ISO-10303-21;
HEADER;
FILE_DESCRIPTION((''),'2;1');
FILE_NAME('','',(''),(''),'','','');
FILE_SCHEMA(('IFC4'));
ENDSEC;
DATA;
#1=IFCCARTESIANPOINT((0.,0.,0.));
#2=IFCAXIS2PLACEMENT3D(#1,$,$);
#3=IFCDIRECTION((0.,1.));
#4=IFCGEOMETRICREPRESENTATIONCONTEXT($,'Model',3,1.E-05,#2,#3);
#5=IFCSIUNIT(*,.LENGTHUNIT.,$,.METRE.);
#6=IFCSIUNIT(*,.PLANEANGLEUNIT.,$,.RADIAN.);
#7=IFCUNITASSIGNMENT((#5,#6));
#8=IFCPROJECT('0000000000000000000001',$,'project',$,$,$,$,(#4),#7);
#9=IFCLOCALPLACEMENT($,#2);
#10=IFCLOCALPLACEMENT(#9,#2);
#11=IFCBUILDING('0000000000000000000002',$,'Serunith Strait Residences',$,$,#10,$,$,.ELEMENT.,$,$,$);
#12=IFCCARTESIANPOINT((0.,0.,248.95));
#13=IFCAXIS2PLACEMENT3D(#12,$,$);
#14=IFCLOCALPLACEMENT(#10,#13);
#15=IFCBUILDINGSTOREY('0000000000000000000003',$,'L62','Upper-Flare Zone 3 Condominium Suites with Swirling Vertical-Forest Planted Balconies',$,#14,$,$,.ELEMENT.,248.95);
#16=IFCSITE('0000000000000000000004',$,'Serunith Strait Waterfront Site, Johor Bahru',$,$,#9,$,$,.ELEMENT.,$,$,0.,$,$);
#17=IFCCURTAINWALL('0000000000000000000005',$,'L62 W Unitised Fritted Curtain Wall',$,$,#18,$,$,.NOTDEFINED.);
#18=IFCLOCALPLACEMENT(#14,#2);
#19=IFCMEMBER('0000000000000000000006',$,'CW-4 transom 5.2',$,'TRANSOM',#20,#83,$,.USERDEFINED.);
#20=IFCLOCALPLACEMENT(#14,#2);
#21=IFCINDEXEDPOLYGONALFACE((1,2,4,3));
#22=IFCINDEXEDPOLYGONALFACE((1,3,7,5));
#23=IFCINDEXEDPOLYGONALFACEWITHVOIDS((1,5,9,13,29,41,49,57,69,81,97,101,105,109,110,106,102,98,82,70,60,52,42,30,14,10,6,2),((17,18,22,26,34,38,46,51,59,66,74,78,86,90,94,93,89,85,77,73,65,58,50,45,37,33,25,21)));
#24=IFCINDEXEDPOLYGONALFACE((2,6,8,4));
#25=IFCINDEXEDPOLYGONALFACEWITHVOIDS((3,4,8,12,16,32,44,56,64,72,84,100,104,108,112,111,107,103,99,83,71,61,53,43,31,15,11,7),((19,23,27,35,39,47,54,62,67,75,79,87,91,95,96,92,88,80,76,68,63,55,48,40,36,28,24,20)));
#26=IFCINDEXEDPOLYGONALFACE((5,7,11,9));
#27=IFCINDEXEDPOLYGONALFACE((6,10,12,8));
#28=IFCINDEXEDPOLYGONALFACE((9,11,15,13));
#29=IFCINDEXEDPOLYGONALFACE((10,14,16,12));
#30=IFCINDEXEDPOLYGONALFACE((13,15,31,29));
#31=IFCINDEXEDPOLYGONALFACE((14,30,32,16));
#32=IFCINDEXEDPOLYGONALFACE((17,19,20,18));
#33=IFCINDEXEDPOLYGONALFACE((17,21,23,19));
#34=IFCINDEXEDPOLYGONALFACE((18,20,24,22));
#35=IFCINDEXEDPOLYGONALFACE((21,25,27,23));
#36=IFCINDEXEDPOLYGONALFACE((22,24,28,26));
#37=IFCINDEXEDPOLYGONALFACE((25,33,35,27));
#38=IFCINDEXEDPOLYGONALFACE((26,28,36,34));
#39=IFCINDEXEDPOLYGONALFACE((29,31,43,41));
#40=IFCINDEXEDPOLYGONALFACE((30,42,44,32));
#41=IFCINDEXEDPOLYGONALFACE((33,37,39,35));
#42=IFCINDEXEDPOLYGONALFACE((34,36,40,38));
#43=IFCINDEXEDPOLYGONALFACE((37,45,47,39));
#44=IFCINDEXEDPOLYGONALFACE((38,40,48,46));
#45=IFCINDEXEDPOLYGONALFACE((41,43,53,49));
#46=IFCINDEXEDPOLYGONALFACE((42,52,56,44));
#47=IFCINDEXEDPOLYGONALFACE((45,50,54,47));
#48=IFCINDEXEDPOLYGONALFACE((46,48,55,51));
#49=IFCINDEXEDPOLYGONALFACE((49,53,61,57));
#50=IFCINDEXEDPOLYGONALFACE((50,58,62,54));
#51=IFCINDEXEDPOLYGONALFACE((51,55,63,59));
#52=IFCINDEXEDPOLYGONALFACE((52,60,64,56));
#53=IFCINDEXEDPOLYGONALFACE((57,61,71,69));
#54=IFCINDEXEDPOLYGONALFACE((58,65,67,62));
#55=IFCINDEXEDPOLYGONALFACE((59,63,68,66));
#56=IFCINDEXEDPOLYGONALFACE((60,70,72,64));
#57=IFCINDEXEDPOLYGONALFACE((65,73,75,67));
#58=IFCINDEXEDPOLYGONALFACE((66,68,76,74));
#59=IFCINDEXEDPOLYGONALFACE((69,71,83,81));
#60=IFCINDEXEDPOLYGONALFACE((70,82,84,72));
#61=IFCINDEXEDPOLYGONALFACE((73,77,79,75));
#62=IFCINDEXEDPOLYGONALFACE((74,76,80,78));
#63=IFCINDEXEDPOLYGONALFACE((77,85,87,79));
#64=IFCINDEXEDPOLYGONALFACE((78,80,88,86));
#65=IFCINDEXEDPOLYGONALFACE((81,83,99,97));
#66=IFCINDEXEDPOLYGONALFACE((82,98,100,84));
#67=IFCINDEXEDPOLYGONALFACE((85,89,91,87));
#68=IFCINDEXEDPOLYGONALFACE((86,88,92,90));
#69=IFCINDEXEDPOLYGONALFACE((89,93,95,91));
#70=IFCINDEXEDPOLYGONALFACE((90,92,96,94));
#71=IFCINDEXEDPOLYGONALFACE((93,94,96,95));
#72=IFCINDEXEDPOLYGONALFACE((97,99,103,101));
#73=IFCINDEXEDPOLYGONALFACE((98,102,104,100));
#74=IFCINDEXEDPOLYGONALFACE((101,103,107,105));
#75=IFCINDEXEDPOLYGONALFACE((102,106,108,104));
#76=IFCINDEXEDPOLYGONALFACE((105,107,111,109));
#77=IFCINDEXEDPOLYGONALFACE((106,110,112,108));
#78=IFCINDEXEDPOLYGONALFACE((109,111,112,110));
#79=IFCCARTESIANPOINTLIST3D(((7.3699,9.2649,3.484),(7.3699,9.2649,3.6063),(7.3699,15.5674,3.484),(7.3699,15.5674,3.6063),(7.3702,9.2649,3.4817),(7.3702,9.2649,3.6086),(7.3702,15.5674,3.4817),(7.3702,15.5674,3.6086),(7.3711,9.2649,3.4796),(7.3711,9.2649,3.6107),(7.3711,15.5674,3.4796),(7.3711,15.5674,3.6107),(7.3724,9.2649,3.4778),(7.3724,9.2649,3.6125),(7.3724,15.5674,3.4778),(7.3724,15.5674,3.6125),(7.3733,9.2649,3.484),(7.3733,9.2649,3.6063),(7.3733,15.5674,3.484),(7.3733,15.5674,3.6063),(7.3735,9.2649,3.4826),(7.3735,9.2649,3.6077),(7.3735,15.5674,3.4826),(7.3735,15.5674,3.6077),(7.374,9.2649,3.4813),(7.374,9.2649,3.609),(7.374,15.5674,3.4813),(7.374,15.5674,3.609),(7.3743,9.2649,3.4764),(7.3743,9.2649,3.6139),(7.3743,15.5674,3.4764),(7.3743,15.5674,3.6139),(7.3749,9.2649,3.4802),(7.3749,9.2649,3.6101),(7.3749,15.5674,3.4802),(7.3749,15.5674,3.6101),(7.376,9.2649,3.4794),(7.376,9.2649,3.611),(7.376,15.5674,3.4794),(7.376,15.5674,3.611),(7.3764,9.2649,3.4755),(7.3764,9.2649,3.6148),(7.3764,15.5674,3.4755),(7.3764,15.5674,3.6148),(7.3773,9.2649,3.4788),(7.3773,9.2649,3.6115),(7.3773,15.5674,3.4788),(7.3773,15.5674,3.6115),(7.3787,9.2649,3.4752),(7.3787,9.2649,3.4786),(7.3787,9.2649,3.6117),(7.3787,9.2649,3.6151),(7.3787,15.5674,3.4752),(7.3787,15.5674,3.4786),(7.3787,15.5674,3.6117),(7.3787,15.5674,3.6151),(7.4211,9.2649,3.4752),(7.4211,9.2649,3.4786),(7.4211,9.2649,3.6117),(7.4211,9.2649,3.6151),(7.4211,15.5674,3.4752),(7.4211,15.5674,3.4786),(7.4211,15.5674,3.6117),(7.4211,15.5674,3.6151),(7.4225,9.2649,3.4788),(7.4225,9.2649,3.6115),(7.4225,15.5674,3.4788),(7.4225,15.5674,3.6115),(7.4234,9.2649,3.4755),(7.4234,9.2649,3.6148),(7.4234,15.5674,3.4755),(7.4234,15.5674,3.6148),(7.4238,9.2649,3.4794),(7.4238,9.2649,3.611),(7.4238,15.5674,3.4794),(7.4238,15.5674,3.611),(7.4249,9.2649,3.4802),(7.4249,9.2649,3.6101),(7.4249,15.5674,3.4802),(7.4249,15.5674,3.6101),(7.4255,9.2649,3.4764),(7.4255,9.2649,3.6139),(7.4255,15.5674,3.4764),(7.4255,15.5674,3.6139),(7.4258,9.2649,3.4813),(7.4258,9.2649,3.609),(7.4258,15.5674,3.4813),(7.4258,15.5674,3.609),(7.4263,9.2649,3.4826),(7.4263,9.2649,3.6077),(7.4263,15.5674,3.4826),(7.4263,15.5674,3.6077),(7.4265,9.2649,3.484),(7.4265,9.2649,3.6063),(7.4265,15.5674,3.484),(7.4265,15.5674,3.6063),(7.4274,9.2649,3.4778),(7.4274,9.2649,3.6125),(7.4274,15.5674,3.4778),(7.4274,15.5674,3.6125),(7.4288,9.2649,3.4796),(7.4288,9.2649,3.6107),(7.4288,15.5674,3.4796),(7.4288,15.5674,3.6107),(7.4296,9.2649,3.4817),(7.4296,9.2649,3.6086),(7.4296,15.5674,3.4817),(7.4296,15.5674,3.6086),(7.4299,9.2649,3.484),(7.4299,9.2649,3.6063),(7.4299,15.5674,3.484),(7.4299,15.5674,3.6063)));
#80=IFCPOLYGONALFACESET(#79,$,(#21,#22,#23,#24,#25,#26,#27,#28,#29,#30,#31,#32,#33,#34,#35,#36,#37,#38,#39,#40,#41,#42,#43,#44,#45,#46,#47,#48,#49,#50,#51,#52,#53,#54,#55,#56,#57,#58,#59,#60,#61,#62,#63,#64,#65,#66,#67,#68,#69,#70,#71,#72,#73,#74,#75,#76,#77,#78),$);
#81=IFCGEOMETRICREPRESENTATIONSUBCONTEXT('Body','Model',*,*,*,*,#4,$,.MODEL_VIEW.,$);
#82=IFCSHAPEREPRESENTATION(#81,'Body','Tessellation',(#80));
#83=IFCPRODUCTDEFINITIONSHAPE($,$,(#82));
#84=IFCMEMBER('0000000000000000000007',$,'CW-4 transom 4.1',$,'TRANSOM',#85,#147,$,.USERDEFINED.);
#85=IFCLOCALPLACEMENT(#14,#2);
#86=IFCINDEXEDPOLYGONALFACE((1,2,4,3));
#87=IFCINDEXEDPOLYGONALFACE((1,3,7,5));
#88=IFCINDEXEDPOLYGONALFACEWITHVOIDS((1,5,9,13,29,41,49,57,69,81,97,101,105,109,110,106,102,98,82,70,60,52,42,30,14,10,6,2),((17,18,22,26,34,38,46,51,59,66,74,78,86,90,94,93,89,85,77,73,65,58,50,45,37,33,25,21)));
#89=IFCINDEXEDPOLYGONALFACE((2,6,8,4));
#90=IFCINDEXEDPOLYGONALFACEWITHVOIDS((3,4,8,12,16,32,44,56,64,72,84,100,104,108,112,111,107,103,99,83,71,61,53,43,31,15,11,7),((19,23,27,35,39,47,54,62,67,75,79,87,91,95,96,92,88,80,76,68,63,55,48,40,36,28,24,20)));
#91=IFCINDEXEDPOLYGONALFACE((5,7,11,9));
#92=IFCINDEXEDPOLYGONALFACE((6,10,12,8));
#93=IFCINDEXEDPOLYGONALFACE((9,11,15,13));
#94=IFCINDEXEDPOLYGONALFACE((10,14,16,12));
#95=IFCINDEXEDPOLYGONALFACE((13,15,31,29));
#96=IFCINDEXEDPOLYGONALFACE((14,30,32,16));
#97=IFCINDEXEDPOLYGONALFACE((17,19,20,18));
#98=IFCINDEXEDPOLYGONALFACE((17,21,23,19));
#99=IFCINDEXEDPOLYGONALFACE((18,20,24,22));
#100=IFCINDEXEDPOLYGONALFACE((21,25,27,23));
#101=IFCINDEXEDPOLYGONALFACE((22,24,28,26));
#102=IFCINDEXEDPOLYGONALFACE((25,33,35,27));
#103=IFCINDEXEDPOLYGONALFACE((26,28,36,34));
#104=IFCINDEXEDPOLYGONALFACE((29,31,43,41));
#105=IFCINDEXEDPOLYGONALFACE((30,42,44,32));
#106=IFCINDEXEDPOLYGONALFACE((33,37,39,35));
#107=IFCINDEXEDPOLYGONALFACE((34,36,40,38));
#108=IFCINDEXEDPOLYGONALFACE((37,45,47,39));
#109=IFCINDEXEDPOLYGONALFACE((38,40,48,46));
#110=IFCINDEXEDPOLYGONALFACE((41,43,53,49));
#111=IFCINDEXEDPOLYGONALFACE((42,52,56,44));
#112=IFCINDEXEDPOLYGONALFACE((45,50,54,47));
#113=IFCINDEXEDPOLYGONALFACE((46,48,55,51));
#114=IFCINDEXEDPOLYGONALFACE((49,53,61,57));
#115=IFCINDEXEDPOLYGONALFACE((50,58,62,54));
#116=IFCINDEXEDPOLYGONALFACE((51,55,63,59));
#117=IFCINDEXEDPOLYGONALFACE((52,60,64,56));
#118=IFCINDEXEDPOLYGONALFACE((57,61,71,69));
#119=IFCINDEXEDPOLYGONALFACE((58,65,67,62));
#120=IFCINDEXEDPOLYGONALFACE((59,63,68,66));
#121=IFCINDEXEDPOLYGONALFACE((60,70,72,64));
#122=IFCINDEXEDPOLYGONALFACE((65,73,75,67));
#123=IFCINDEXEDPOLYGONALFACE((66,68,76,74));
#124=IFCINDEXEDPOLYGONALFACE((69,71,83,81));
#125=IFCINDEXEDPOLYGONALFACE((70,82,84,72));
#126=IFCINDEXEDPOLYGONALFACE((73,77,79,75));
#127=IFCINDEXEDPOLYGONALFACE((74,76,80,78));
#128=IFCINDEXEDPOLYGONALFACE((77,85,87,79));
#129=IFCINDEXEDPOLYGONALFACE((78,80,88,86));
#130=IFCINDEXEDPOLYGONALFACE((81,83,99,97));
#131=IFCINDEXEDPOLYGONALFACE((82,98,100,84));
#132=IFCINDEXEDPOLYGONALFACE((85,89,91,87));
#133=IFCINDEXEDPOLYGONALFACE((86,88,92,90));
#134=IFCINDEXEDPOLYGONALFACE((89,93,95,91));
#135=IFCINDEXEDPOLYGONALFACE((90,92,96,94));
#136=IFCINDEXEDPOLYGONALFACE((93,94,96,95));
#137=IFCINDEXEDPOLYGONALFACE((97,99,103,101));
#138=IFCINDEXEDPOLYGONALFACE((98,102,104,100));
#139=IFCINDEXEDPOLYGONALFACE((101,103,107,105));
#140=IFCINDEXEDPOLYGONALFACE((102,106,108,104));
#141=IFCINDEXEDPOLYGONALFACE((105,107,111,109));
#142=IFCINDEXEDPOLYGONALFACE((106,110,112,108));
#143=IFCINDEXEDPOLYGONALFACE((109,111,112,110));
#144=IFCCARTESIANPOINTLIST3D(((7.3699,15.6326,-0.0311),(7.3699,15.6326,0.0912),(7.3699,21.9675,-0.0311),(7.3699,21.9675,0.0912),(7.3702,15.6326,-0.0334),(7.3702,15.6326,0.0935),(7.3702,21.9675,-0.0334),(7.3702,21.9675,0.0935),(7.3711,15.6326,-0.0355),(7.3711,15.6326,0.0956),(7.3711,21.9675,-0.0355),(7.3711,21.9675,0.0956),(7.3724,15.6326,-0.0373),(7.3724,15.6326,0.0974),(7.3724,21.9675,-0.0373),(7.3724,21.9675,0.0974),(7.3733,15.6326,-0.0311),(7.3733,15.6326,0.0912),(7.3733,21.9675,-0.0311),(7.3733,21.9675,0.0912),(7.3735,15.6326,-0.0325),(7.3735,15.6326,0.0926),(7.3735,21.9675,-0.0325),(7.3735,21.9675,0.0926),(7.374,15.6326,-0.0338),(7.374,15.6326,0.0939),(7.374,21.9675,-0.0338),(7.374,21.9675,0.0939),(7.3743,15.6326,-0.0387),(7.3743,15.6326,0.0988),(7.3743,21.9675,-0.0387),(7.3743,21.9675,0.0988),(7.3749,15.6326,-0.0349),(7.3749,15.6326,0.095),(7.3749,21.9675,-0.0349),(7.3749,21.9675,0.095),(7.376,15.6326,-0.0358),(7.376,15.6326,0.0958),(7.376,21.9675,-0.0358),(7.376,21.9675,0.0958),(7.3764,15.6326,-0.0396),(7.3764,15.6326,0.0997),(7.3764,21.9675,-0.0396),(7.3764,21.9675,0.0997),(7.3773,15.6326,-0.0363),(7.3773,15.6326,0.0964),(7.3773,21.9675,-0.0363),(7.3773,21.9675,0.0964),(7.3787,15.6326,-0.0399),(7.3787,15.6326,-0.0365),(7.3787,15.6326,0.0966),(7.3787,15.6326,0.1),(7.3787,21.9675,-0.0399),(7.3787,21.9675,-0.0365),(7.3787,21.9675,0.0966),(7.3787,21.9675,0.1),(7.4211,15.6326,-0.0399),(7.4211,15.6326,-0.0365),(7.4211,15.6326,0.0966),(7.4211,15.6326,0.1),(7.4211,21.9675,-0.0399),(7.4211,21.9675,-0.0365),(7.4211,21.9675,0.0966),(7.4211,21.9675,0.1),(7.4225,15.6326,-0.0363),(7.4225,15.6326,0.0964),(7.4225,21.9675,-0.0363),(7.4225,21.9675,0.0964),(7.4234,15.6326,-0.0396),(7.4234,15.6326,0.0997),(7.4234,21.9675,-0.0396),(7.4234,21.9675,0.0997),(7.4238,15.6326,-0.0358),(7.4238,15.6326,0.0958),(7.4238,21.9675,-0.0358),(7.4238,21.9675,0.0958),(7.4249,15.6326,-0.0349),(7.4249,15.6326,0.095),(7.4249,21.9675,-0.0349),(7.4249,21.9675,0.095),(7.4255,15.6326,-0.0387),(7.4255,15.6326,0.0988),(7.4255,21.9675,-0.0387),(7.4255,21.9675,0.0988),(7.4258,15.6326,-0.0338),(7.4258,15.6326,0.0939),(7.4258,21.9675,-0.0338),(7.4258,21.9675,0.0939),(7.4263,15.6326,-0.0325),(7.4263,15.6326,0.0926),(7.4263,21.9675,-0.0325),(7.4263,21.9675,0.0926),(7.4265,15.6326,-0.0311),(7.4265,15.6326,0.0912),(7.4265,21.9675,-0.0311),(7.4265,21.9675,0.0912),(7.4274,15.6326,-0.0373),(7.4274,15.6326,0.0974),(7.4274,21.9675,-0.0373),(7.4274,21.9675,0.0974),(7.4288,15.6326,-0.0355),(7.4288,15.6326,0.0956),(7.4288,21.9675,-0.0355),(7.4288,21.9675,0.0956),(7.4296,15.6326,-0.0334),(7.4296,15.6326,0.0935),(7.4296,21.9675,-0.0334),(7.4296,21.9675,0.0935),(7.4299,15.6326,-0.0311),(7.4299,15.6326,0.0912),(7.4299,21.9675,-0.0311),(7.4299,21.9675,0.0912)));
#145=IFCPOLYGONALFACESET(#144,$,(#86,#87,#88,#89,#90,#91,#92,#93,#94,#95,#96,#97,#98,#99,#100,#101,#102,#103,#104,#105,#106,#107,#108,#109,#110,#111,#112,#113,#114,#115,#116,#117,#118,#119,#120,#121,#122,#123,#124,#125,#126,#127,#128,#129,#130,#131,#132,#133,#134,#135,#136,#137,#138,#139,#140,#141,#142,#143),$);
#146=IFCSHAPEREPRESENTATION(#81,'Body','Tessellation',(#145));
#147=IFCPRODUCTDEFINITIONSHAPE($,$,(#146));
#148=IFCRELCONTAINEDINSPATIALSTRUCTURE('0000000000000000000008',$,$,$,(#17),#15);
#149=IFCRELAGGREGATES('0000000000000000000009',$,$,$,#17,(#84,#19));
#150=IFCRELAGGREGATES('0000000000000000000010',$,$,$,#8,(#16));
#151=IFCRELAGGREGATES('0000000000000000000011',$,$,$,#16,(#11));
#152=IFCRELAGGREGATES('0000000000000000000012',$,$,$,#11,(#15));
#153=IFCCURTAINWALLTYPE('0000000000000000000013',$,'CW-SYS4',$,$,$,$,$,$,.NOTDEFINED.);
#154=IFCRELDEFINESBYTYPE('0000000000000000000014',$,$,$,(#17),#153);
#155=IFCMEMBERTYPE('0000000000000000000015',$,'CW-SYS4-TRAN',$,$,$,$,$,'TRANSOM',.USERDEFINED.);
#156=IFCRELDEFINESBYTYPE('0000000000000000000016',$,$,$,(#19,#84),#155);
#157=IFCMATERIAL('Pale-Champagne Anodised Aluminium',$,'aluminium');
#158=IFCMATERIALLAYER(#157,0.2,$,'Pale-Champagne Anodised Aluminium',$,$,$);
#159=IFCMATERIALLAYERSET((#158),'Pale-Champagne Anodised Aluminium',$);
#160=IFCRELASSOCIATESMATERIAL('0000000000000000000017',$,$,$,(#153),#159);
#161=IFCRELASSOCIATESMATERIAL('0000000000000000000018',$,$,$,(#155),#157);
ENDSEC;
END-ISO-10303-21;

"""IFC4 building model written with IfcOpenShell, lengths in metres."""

from ifc_helpers import new_model, si_unit, direction, frame, origin, origin_2d, place, context, subcontext, project, spatial, hollow_rectangle, extrude, source, transform, mapped, material, layer, layer_set, material_profile, profile_set, type_object, element, aggregate, save


model = new_model("IFC4")

# Units and contexts
model_context = context("Model", 3, precision=1e-05, world=origin(), true_north=direction((0.0, 1.0)))
body_context = subcontext(model_context, "Body", "Model", "MODEL_VIEW")
ifc_project = project(units=[si_unit("LENGTHUNIT", "METRE"), si_unit("PLANEANGLEUNIT", "RADIAN")], contexts=[model_context])

# Site, building, storey
site_placement = place(None, origin())
site = spatial("IfcSite", under=ifc_project, at=site_placement, Name="Serunith Strait Waterfront Site, Johor Bahru", CompositionType="ELEMENT", RefElevation=0.0)
building_placement = place(site_placement, origin())
building = spatial("IfcBuilding", under=site, at=building_placement, Name="Serunith Strait Residences", CompositionType="ELEMENT")
storey_placement = place(building_placement, frame((0.0, 0.0, 248.95)))
storey = spatial("IfcBuildingStorey", under=building, at=storey_placement, Name="L62", Description="Upper-Flare Zone 3 Condominium Suites with Swirling Vertical-Forest Planted Balconies", CompositionType="ELEMENT", Elevation=248.95)

# Curtain wall, members
ifc_material_1 = material(Name="Pale-Champagne Anodised Aluminium", Category="aluminium")
ifc_layer_1 = layer(ifc_material_1, 0.2, Name="Pale-Champagne Anodised Aluminium")
ifc_layer_set_1 = layer_set([ifc_layer_1], Name="Pale-Champagne Anodised Aluminium")
curtain_wall_type = type_object("IfcCurtainWallType", Name="CW-SYS4", PredefinedType="NOTDEFINED", material=ifc_layer_set_1)
curtain_wall_placement = place(storey_placement, origin())
curtain_wall = element("IfcCurtainWall", 1, at=curtain_wall_placement, inside=storey, type_object=curtain_wall_type, Name="L62 W Unitised Fritted Curtain Wall", PredefinedType="NOTDEFINED")
ifc_material_profile_1 = material_profile(ifc_material_1, hollow_rectangle(XDim=0.0601, YDim=0.1399, WallThickness=0.0034, InnerFilletRadius=0.0054, OuterFilletRadius=0.0088, at=origin_2d()), Name="ALU 140x60x3.5")
ifc_profile_set_1 = profile_set([ifc_material_profile_1], Name="Pale-Champagne Anodised Aluminium")
member_type_1 = type_object("IfcMemberType", Name="CW-SYS4-TRAN", ElementType="TRANSOM", PredefinedType="USERDEFINED", material=ifc_profile_set_1)
shared_shape_1 = source(origin(), body_context, "Body", "SweptSolid", [
    extrude(hollow_rectangle(XDim=0.0601, YDim=0.1399, WallThickness=0.0034, InnerFilletRadius=0.0054, OuterFilletRadius=0.0088, at=origin_2d()), origin(), (0.0, 0.0, 1.0), 6.3025),
])
member_1_placement = place(storey_placement, frame((7.3999, 15.5674, 3.5452), z_axis=(0.0, -1.0, 0.0), x_axis=(1.0, 0.0, 0.0)))
member_1 = element("IfcMember", 2, at=member_1_placement, type_object=member_type_1, Name="CW-4 transom 5.2", ObjectType="TRANSOM", PredefinedType="USERDEFINED", context=body_context, shape_type="MappedRepresentation", body=[
    mapped(shared_shape_1, transform((0.0, 0.0, 0.0), scale=1.0)),
])
shared_shape_2 = source(origin(), body_context, "Body", "SweptSolid", [
    extrude(hollow_rectangle(XDim=0.0601, YDim=0.1399, WallThickness=0.0034, InnerFilletRadius=0.0054, OuterFilletRadius=0.0088, at=origin_2d()), origin(), (0.0, 0.0, 1.0), 6.335),
])
member_2_placement = place(storey_placement, frame((7.3999, 21.9675, 0.03), z_axis=(0.0, -1.0, 0.0), x_axis=(1.0, 0.0, 0.0)))
member_2 = element("IfcMember", 3, at=member_2_placement, type_object=member_type_1, Name="CW-4 transom 4.1", ObjectType="TRANSOM", PredefinedType="USERDEFINED", context=body_context, shape_type="MappedRepresentation", body=[
    mapped(shared_shape_2, transform((0.0, 0.0, 0.0), scale=1.0)),
])
aggregate(curtain_wall, [member_2, member_1])

save(model, "model.ifc")
